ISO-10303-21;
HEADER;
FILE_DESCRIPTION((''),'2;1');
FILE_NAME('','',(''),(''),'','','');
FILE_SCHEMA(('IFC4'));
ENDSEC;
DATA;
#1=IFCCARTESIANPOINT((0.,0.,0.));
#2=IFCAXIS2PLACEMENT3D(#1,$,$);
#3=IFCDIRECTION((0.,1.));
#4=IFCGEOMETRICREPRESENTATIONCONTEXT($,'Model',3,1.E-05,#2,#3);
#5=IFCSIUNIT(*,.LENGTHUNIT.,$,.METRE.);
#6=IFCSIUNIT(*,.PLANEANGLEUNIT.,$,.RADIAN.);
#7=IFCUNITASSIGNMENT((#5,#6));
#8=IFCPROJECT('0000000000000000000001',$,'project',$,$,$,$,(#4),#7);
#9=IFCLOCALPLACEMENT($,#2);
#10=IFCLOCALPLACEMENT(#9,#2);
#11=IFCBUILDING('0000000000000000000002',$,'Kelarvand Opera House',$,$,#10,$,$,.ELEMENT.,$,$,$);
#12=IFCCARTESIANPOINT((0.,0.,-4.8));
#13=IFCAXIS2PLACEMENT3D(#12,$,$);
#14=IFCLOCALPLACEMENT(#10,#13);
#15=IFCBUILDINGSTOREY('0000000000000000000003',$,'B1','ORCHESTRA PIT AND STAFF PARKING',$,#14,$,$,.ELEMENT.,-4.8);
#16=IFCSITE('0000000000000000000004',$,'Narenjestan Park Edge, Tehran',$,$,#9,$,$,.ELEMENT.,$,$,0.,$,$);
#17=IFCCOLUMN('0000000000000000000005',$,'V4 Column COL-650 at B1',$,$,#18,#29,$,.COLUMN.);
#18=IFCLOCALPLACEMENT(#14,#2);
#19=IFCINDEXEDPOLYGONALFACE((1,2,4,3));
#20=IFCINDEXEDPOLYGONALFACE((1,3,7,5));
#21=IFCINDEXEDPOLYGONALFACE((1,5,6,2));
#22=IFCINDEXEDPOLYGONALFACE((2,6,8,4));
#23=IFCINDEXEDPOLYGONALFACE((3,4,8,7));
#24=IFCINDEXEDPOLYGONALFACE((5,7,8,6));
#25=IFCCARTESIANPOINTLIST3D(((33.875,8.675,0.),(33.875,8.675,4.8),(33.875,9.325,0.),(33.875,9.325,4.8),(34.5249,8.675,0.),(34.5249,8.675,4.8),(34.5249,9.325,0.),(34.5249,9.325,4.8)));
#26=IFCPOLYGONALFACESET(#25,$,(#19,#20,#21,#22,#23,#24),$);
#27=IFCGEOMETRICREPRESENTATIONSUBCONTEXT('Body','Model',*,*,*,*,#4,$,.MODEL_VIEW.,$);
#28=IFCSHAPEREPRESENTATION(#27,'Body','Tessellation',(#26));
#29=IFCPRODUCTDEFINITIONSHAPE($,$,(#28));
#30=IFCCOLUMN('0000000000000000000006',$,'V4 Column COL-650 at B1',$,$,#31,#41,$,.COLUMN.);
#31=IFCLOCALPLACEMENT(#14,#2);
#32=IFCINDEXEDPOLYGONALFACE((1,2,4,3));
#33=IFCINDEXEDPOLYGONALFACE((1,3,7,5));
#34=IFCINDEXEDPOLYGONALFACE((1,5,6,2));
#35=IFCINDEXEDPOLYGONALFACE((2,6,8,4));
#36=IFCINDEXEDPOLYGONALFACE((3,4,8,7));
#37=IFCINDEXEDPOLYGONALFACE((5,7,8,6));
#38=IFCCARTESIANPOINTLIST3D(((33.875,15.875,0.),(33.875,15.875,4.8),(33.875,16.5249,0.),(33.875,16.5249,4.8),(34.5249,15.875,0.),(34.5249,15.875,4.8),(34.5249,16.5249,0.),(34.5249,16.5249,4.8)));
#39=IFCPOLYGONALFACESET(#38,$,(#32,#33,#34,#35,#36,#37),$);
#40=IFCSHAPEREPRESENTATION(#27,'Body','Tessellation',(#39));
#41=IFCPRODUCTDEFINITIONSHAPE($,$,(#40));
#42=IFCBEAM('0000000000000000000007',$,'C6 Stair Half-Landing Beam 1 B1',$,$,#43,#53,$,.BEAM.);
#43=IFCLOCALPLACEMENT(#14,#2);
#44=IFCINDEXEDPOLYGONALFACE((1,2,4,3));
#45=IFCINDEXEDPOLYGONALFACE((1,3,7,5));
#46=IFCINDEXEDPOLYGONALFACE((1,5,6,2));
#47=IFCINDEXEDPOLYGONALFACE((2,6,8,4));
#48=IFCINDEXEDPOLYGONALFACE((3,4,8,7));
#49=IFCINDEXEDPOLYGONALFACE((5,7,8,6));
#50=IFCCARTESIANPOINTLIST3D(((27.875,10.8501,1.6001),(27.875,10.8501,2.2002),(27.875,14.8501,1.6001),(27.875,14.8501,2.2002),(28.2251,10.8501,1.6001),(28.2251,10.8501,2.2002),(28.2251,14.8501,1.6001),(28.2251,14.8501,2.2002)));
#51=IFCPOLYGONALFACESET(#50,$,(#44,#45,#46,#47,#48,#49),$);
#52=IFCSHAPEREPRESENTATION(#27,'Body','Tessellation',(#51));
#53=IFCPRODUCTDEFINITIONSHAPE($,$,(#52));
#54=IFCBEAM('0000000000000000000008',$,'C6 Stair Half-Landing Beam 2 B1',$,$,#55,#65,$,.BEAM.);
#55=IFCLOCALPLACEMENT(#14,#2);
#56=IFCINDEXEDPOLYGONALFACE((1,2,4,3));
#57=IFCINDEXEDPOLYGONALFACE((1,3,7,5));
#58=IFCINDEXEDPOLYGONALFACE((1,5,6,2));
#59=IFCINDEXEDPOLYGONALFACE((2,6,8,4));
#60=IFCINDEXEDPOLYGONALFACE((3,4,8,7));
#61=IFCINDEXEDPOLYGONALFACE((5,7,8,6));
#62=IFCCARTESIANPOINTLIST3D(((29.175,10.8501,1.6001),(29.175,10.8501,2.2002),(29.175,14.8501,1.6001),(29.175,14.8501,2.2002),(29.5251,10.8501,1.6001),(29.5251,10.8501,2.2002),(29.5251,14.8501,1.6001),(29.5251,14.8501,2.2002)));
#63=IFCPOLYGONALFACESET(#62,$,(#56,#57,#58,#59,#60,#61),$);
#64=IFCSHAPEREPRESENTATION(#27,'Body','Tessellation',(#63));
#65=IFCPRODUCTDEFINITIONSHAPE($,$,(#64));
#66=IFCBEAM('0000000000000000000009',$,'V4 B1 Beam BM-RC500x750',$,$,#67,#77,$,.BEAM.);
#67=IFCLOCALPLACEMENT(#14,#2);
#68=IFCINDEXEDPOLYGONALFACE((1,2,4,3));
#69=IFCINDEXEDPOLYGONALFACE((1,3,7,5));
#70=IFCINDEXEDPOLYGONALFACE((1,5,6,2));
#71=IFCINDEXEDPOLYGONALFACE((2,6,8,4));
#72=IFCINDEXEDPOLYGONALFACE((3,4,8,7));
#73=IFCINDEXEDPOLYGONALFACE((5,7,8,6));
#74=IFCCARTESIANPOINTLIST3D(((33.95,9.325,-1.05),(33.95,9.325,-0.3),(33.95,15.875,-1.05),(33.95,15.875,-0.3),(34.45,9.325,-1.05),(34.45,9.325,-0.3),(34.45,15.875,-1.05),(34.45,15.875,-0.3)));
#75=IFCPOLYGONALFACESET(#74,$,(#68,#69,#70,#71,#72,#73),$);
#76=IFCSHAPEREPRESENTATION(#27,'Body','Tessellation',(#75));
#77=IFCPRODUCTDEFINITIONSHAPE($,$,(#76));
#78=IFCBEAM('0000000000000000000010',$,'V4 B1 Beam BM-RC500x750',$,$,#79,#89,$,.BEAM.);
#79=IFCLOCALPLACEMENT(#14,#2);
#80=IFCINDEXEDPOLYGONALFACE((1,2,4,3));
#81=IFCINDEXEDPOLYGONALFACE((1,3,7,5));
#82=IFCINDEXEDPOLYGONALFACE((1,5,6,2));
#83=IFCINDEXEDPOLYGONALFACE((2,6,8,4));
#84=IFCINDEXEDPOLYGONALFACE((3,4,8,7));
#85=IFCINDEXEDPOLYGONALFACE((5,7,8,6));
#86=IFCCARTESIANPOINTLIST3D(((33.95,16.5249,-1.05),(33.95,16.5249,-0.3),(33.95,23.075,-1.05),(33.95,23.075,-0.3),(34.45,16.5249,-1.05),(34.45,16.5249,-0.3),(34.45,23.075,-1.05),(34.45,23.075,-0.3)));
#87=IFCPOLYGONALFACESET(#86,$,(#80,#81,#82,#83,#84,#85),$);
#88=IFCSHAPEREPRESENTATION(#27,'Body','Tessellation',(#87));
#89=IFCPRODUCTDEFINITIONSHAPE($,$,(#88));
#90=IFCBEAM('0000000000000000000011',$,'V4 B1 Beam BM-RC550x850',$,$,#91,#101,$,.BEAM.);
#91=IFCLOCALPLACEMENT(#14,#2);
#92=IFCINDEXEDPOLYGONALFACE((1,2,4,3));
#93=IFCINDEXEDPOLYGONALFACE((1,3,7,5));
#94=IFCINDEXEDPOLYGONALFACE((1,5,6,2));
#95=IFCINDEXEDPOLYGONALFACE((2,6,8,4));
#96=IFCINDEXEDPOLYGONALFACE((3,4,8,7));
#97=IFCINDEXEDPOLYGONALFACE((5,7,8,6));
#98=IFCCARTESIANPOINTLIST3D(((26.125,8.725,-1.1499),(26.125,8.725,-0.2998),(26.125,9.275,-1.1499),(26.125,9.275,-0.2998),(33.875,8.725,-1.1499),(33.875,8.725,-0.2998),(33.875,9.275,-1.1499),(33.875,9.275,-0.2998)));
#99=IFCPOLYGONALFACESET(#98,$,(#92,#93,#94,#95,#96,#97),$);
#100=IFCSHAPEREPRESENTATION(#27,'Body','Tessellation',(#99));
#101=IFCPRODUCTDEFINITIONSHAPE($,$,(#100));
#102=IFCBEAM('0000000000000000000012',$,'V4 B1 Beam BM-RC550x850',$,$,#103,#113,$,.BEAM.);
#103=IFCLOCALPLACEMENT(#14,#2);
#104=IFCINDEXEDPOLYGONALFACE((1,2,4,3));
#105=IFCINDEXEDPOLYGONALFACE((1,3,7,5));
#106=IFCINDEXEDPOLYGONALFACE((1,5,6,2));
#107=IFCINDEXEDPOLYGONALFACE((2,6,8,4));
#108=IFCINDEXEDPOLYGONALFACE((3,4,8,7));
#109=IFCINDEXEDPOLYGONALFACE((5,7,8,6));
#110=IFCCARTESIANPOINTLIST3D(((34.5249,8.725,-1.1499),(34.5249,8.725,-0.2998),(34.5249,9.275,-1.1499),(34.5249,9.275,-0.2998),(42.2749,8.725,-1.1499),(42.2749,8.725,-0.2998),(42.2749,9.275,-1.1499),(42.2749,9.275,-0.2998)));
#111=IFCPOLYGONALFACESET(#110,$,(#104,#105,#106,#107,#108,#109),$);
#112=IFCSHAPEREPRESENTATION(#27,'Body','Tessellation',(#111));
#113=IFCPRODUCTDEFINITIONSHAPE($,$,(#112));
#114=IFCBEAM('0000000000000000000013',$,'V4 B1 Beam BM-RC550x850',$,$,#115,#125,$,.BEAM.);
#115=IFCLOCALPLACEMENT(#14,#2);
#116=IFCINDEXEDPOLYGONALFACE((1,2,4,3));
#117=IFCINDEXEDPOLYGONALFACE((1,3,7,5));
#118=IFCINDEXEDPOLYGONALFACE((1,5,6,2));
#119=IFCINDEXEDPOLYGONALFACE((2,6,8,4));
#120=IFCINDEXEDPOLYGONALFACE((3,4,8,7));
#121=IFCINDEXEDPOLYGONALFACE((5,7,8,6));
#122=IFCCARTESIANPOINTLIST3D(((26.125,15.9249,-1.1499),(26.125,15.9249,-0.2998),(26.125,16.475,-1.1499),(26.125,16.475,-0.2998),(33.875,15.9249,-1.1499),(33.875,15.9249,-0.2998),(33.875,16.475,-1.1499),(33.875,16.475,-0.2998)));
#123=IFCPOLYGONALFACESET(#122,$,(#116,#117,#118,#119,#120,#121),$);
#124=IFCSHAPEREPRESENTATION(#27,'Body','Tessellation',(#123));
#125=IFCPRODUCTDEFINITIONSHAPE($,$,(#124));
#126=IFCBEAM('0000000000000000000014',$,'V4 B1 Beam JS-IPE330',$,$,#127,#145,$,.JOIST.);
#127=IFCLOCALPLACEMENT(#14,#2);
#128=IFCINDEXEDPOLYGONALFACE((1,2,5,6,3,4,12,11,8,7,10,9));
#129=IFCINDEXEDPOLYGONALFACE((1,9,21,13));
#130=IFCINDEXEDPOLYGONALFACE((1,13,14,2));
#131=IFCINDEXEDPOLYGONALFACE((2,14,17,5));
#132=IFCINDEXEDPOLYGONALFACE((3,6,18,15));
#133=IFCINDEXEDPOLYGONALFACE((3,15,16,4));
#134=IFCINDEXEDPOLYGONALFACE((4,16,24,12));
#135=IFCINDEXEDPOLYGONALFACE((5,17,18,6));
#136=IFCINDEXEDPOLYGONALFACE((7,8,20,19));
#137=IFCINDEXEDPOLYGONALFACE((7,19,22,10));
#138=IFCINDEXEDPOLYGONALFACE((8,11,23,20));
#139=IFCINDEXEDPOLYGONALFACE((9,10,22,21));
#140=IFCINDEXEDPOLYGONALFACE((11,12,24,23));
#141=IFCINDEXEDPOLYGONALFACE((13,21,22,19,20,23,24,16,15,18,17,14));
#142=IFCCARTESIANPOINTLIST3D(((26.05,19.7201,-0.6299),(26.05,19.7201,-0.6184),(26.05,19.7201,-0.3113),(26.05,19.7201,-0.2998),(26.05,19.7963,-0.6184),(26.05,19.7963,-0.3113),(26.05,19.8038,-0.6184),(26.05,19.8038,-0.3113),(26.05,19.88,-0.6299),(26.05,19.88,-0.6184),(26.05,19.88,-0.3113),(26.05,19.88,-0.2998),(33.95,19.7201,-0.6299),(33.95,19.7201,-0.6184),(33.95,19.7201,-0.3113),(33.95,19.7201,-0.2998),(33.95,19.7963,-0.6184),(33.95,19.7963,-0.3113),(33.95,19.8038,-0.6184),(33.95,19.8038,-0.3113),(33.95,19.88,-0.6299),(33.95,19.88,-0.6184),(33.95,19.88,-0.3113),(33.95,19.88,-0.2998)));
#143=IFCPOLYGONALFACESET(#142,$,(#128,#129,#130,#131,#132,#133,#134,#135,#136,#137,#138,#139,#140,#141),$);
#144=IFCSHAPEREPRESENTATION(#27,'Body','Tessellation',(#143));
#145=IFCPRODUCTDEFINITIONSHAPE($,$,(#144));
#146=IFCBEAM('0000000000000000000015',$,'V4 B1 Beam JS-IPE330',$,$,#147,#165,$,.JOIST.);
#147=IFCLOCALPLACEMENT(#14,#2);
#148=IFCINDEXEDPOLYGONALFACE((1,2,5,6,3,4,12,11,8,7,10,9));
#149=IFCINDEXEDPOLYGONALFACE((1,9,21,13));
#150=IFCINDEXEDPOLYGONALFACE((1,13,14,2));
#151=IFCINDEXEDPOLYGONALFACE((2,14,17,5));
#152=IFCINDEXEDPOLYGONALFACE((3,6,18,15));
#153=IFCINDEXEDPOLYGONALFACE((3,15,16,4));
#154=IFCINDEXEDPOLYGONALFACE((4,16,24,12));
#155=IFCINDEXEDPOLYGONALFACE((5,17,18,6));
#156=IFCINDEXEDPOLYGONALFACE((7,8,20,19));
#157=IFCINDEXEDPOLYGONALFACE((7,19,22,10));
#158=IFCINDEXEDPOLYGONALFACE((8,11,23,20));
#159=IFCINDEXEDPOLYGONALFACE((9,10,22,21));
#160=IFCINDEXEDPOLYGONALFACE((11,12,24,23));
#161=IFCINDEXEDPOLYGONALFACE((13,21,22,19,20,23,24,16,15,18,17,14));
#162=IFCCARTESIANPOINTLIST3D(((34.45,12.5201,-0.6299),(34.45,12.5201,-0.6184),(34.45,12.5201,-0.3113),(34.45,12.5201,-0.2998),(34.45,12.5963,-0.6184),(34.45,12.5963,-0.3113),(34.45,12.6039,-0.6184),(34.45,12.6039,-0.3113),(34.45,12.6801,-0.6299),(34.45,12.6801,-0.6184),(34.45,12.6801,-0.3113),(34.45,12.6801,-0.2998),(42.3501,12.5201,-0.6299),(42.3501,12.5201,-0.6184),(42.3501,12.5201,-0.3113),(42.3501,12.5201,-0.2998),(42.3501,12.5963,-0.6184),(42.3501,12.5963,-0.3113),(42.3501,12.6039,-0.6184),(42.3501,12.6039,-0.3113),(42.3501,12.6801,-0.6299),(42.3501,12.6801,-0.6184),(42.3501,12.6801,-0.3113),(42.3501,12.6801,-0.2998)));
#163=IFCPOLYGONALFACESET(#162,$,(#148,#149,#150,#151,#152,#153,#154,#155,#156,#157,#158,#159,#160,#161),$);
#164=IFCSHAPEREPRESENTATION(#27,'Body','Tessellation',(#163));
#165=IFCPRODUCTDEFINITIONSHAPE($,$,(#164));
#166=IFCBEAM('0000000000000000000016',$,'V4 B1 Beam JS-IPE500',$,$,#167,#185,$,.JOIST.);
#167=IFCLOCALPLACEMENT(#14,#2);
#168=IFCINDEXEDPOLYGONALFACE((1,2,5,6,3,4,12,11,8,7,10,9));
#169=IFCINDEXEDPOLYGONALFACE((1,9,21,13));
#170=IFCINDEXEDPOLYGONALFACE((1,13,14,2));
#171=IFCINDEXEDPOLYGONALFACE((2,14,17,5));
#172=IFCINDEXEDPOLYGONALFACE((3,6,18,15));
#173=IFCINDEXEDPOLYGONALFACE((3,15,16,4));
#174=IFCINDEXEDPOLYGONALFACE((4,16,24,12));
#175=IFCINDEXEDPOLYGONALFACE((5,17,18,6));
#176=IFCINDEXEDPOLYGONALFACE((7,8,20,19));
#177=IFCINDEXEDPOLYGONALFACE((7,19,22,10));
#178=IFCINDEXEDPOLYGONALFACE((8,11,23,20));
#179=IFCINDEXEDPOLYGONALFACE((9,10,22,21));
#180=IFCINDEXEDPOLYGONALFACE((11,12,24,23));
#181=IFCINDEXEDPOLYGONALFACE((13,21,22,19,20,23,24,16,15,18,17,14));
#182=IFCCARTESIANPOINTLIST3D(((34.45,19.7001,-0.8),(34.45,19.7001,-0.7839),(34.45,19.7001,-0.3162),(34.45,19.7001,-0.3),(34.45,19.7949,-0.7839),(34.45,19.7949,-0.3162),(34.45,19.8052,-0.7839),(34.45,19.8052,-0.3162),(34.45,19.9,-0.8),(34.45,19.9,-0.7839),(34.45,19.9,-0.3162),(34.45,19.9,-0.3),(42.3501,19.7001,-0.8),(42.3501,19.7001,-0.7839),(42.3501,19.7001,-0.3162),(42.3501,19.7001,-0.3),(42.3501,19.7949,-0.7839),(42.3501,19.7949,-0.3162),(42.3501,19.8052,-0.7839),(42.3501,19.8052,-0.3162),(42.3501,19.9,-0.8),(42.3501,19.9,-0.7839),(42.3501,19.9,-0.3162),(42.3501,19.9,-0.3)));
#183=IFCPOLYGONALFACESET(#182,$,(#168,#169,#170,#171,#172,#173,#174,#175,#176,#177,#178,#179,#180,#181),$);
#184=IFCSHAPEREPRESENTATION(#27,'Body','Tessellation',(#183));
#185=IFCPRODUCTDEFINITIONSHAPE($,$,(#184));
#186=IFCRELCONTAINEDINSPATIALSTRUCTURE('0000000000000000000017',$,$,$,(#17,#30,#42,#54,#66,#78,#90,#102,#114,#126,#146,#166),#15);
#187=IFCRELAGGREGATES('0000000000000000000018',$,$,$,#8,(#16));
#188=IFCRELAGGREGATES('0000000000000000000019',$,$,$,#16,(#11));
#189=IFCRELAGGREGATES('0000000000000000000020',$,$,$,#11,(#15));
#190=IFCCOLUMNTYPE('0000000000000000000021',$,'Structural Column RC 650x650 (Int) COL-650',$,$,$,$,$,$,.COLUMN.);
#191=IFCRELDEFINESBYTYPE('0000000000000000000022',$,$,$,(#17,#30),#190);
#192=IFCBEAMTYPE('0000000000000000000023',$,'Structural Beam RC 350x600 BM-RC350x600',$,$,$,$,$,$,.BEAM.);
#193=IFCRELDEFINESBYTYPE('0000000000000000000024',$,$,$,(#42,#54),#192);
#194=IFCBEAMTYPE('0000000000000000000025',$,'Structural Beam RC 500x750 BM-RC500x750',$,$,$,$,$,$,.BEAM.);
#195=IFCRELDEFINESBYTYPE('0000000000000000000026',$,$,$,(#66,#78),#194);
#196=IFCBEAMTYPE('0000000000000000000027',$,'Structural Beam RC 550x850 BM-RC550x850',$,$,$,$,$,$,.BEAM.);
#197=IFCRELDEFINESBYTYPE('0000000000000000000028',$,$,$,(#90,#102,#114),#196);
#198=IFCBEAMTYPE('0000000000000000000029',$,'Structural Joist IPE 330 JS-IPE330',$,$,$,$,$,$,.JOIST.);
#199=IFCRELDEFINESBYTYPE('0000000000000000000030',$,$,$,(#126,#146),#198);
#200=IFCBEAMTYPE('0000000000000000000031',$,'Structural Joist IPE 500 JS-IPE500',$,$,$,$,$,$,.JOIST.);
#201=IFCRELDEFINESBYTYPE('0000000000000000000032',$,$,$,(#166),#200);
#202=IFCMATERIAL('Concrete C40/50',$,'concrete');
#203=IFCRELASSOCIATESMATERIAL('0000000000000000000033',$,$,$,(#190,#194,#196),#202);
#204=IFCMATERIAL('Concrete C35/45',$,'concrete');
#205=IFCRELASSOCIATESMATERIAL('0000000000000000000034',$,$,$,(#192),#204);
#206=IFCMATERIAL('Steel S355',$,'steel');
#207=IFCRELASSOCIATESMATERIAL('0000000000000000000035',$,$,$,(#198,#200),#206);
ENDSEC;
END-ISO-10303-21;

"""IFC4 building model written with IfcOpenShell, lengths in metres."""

from ifc_helpers import new_model, si_unit, direction, frame, origin, origin_2d, place, context, subcontext, project, spatial, rectangle, i_section, extrude, material, material_profile, profile_set, type_object, element, save


model = new_model("IFC4")

# Units and contexts
model_context = context("Model", 3, precision=1e-05, world=origin(), true_north=direction((0.0, 1.0)))
body_context = subcontext(model_context, "Body", "Model", "MODEL_VIEW")
ifc_project = project(units=[si_unit("LENGTHUNIT", "METRE"), si_unit("PLANEANGLEUNIT", "RADIAN")], contexts=[model_context])

# Site, building, storey
site_placement = place(None, origin())
site = spatial("IfcSite", under=ifc_project, at=site_placement, Name="Narenjestan Park Edge, Tehran", CompositionType="ELEMENT", RefElevation=0.0)
building_placement = place(site_placement, origin())
building = spatial("IfcBuilding", under=site, at=building_placement, Name="Kelarvand Opera House", CompositionType="ELEMENT")
storey_placement = place(building_placement, frame((0.0, 0.0, -4.8)))
storey = spatial("IfcBuildingStorey", under=building, at=storey_placement, Name="B1", Description="ORCHESTRA PIT AND STAFF PARKING", CompositionType="ELEMENT", Elevation=-4.8)

# Columns
ifc_material_1 = material(Name="Concrete C40/50", Category="concrete")
ifc_material_profile_1 = material_profile(ifc_material_1, rectangle(XDim=0.6499, YDim=0.6499, at=origin_2d()), Name="RC 650x650", Category="concrete")
ifc_profile_set_1 = profile_set([ifc_material_profile_1], Name="Concrete C40/50")
column_type = type_object("IfcColumnType", Name="Structural Column RC 650x650 (Int) COL-650", PredefinedType="COLUMN", material=ifc_profile_set_1)
for number, where, z_axis, x_axis, name in (
    (1, (34.2, 9.0, 0.0), (0.0, 0.0, 1.0), (1.0, 0.0, 0.0), "V4 Column COL-650 at B1"),
    (2, (34.2, 16.2, 0.0), (0.0, 0.0, 1.0), (1.0, 0.0, 0.0), "V4 Column COL-650 at B1"),
):
    element("IfcColumn", number, at=place(storey_placement, frame(where, z_axis=z_axis, x_axis=x_axis)), inside=storey, type_object=column_type, Name=name, PredefinedType="COLUMN", context=body_context, shape_type="SweptSolid", body=[
        extrude(rectangle(XDim=0.6499, YDim=0.6499, at=origin_2d()), origin(), (0.0, 0.0, 1.0), 4.8),
    ])

# Beams
ifc_material_2 = material(Name="Concrete C35/45", Category="concrete")
ifc_material_profile_2 = material_profile(ifc_material_2, rectangle(XDim=0.3501, YDim=0.6001, at=origin_2d()), Name="RC 350x600", Category="concrete")
ifc_profile_set_2 = profile_set([ifc_material_profile_2], Name="Concrete C35/45")
beam_type_1 = type_object("IfcBeamType", Name="Structural Beam RC 350x600 BM-RC350x600", PredefinedType="BEAM", material=ifc_profile_set_2)
for number, where, z_axis, x_axis, name in (
    (3, (28.05, 10.8501, 1.9001), (0.0, 1.0, 0.0), (-1.0, 0.0, 0.0), "C6 Stair Half-Landing Beam 1 B1"),
    (4, (29.3501, 10.8501, 1.9001), (0.0, 1.0, 0.0), (-1.0, 0.0, 0.0), "C6 Stair Half-Landing Beam 2 B1"),
):
    element("IfcBeam", number, at=place(storey_placement, frame(where, z_axis=z_axis, x_axis=x_axis)), inside=storey, type_object=beam_type_1, Name=name, PredefinedType="BEAM", context=body_context, shape_type="SweptSolid", body=[
        extrude(rectangle(XDim=0.3501, YDim=0.6001, at=origin_2d()), origin(), (0.0, 0.0, 1.0), 4.0),
    ])
ifc_material_profile_3 = material_profile(ifc_material_1, rectangle(XDim=0.5, YDim=0.75, at=origin_2d()), Name="RC 500x750", Category="concrete")
ifc_profile_set_3 = profile_set([ifc_material_profile_3], Name="Concrete C40/50")
beam_type_2 = type_object("IfcBeamType", Name="Structural Beam RC 500x750 BM-RC500x750", PredefinedType="BEAM", material=ifc_profile_set_3)
for number, where, z_axis, x_axis, name in (
    (5, (34.2, 9.325, -0.675), (0.0, 1.0, 0.0), (-1.0, 0.0, 0.0), "V4 B1 Beam BM-RC500x750"),
    (6, (34.2, 16.5249, -0.675), (0.0, 1.0, 0.0), (-1.0, 0.0, 0.0), "V4 B1 Beam BM-RC500x750"),
):
    element("IfcBeam", number, at=place(storey_placement, frame(where, z_axis=z_axis, x_axis=x_axis)), inside=storey, type_object=beam_type_2, Name=name, PredefinedType="BEAM", context=body_context, shape_type="SweptSolid", body=[
        extrude(rectangle(XDim=0.5, YDim=0.75, at=origin_2d()), origin(), (0.0, 0.0, 1.0), 6.55),
    ])
ifc_material_profile_4 = material_profile(ifc_material_1, rectangle(XDim=0.55, YDim=0.8501, at=origin_2d()), Name="RC 550x850", Category="concrete")
ifc_profile_set_4 = profile_set([ifc_material_profile_4], Name="Concrete C40/50")
beam_type_3 = type_object("IfcBeamType", Name="Structural Beam RC 550x850 BM-RC550x850", PredefinedType="BEAM", material=ifc_profile_set_4)
for number, where, z_axis, x_axis, name in (
    (7, (26.125, 9.0, -0.7249), (1.0, 0.0, 0.0), (0.0, 1.0, 0.0), "V4 B1 Beam BM-RC550x850"),
    (8, (34.5249, 9.0, -0.7249), (1.0, 0.0, 0.0), (0.0, 1.0, 0.0), "V4 B1 Beam BM-RC550x850"),
    (9, (26.125, 16.2, -0.7249), (1.0, 0.0, 0.0), (0.0, 1.0, 0.0), "V4 B1 Beam BM-RC550x850"),
):
    element("IfcBeam", number, at=place(storey_placement, frame(where, z_axis=z_axis, x_axis=x_axis)), inside=storey, type_object=beam_type_3, Name=name, PredefinedType="BEAM", context=body_context, shape_type="SweptSolid", body=[
        extrude(rectangle(XDim=0.55, YDim=0.8501, at=origin_2d()), origin(), (0.0, 0.0, 1.0), 7.75),
    ])
ifc_material_3 = material(Name="Steel S355", Category="steel")
ifc_material_profile_5 = material_profile(ifc_material_3, i_section(OverallWidth=0.1599, OverallDepth=0.3301, WebThickness=0.0076, FlangeThickness=0.0115, at=origin_2d()), Name="IPE 330", Category="steel")
ifc_profile_set_5 = profile_set([ifc_material_profile_5], Name="Steel S355")
beam_type_4 = type_object("IfcBeamType", Name="Structural Joist IPE 330 JS-IPE330", PredefinedType="JOIST", material=ifc_profile_set_5)
beam_1_placement = place(storey_placement, frame((26.05, 19.8, -0.4648), z_axis=(1.0, 0.0, 0.0), x_axis=(0.0, 1.0, 0.0)))
element("IfcBeam", 10, at=beam_1_placement, inside=storey, type_object=beam_type_4, Name="V4 B1 Beam JS-IPE330", PredefinedType="JOIST", context=body_context, shape_type="SweptSolid", body=[
    extrude(i_section(OverallWidth=0.1599, OverallDepth=0.3301, WebThickness=0.0076, FlangeThickness=0.0115, at=origin_2d()), origin(), (0.0, 0.0, 1.0), 7.8999),
])
beam_2_placement = place(storey_placement, frame((34.45, 12.6001, -0.4648), z_axis=(1.0, 0.0, 0.0), x_axis=(0.0, 1.0, 0.0)))
element("IfcBeam", 11, at=beam_2_placement, inside=storey, type_object=beam_type_4, Name="V4 B1 Beam JS-IPE330", PredefinedType="JOIST", context=body_context, shape_type="SweptSolid", body=[
    extrude(i_section(OverallWidth=0.1599, OverallDepth=0.3301, WebThickness=0.0076, FlangeThickness=0.0115, at=origin_2d()), origin(), (0.0, 0.0, 1.0), 7.9001),
])
ifc_material_profile_6 = material_profile(ifc_material_3, i_section(OverallWidth=0.2, OverallDepth=0.5, WebThickness=0.0103, FlangeThickness=0.0161, at=origin_2d()), Name="IPE 500", Category="steel")
ifc_profile_set_6 = profile_set([ifc_material_profile_6], Name="Steel S355")
beam_type_5 = type_object("IfcBeamType", Name="Structural Joist IPE 500 JS-IPE500", PredefinedType="JOIST", material=ifc_profile_set_6)
beam_3_placement = place(storey_placement, frame((34.45, 19.8, -0.55), z_axis=(1.0, 0.0, 0.0), x_axis=(0.0, 1.0, 0.0)))
element("IfcBeam", 12, at=beam_3_placement, inside=storey, type_object=beam_type_5, Name="V4 B1 Beam JS-IPE500", PredefinedType="JOIST", context=body_context, shape_type="SweptSolid", body=[
    extrude(i_section(OverallWidth=0.2, OverallDepth=0.5, WebThickness=0.0103, FlangeThickness=0.0161, at=origin_2d()), origin(), (0.0, 0.0, 1.0), 7.9001),
])

save(model, "model.ifc")
